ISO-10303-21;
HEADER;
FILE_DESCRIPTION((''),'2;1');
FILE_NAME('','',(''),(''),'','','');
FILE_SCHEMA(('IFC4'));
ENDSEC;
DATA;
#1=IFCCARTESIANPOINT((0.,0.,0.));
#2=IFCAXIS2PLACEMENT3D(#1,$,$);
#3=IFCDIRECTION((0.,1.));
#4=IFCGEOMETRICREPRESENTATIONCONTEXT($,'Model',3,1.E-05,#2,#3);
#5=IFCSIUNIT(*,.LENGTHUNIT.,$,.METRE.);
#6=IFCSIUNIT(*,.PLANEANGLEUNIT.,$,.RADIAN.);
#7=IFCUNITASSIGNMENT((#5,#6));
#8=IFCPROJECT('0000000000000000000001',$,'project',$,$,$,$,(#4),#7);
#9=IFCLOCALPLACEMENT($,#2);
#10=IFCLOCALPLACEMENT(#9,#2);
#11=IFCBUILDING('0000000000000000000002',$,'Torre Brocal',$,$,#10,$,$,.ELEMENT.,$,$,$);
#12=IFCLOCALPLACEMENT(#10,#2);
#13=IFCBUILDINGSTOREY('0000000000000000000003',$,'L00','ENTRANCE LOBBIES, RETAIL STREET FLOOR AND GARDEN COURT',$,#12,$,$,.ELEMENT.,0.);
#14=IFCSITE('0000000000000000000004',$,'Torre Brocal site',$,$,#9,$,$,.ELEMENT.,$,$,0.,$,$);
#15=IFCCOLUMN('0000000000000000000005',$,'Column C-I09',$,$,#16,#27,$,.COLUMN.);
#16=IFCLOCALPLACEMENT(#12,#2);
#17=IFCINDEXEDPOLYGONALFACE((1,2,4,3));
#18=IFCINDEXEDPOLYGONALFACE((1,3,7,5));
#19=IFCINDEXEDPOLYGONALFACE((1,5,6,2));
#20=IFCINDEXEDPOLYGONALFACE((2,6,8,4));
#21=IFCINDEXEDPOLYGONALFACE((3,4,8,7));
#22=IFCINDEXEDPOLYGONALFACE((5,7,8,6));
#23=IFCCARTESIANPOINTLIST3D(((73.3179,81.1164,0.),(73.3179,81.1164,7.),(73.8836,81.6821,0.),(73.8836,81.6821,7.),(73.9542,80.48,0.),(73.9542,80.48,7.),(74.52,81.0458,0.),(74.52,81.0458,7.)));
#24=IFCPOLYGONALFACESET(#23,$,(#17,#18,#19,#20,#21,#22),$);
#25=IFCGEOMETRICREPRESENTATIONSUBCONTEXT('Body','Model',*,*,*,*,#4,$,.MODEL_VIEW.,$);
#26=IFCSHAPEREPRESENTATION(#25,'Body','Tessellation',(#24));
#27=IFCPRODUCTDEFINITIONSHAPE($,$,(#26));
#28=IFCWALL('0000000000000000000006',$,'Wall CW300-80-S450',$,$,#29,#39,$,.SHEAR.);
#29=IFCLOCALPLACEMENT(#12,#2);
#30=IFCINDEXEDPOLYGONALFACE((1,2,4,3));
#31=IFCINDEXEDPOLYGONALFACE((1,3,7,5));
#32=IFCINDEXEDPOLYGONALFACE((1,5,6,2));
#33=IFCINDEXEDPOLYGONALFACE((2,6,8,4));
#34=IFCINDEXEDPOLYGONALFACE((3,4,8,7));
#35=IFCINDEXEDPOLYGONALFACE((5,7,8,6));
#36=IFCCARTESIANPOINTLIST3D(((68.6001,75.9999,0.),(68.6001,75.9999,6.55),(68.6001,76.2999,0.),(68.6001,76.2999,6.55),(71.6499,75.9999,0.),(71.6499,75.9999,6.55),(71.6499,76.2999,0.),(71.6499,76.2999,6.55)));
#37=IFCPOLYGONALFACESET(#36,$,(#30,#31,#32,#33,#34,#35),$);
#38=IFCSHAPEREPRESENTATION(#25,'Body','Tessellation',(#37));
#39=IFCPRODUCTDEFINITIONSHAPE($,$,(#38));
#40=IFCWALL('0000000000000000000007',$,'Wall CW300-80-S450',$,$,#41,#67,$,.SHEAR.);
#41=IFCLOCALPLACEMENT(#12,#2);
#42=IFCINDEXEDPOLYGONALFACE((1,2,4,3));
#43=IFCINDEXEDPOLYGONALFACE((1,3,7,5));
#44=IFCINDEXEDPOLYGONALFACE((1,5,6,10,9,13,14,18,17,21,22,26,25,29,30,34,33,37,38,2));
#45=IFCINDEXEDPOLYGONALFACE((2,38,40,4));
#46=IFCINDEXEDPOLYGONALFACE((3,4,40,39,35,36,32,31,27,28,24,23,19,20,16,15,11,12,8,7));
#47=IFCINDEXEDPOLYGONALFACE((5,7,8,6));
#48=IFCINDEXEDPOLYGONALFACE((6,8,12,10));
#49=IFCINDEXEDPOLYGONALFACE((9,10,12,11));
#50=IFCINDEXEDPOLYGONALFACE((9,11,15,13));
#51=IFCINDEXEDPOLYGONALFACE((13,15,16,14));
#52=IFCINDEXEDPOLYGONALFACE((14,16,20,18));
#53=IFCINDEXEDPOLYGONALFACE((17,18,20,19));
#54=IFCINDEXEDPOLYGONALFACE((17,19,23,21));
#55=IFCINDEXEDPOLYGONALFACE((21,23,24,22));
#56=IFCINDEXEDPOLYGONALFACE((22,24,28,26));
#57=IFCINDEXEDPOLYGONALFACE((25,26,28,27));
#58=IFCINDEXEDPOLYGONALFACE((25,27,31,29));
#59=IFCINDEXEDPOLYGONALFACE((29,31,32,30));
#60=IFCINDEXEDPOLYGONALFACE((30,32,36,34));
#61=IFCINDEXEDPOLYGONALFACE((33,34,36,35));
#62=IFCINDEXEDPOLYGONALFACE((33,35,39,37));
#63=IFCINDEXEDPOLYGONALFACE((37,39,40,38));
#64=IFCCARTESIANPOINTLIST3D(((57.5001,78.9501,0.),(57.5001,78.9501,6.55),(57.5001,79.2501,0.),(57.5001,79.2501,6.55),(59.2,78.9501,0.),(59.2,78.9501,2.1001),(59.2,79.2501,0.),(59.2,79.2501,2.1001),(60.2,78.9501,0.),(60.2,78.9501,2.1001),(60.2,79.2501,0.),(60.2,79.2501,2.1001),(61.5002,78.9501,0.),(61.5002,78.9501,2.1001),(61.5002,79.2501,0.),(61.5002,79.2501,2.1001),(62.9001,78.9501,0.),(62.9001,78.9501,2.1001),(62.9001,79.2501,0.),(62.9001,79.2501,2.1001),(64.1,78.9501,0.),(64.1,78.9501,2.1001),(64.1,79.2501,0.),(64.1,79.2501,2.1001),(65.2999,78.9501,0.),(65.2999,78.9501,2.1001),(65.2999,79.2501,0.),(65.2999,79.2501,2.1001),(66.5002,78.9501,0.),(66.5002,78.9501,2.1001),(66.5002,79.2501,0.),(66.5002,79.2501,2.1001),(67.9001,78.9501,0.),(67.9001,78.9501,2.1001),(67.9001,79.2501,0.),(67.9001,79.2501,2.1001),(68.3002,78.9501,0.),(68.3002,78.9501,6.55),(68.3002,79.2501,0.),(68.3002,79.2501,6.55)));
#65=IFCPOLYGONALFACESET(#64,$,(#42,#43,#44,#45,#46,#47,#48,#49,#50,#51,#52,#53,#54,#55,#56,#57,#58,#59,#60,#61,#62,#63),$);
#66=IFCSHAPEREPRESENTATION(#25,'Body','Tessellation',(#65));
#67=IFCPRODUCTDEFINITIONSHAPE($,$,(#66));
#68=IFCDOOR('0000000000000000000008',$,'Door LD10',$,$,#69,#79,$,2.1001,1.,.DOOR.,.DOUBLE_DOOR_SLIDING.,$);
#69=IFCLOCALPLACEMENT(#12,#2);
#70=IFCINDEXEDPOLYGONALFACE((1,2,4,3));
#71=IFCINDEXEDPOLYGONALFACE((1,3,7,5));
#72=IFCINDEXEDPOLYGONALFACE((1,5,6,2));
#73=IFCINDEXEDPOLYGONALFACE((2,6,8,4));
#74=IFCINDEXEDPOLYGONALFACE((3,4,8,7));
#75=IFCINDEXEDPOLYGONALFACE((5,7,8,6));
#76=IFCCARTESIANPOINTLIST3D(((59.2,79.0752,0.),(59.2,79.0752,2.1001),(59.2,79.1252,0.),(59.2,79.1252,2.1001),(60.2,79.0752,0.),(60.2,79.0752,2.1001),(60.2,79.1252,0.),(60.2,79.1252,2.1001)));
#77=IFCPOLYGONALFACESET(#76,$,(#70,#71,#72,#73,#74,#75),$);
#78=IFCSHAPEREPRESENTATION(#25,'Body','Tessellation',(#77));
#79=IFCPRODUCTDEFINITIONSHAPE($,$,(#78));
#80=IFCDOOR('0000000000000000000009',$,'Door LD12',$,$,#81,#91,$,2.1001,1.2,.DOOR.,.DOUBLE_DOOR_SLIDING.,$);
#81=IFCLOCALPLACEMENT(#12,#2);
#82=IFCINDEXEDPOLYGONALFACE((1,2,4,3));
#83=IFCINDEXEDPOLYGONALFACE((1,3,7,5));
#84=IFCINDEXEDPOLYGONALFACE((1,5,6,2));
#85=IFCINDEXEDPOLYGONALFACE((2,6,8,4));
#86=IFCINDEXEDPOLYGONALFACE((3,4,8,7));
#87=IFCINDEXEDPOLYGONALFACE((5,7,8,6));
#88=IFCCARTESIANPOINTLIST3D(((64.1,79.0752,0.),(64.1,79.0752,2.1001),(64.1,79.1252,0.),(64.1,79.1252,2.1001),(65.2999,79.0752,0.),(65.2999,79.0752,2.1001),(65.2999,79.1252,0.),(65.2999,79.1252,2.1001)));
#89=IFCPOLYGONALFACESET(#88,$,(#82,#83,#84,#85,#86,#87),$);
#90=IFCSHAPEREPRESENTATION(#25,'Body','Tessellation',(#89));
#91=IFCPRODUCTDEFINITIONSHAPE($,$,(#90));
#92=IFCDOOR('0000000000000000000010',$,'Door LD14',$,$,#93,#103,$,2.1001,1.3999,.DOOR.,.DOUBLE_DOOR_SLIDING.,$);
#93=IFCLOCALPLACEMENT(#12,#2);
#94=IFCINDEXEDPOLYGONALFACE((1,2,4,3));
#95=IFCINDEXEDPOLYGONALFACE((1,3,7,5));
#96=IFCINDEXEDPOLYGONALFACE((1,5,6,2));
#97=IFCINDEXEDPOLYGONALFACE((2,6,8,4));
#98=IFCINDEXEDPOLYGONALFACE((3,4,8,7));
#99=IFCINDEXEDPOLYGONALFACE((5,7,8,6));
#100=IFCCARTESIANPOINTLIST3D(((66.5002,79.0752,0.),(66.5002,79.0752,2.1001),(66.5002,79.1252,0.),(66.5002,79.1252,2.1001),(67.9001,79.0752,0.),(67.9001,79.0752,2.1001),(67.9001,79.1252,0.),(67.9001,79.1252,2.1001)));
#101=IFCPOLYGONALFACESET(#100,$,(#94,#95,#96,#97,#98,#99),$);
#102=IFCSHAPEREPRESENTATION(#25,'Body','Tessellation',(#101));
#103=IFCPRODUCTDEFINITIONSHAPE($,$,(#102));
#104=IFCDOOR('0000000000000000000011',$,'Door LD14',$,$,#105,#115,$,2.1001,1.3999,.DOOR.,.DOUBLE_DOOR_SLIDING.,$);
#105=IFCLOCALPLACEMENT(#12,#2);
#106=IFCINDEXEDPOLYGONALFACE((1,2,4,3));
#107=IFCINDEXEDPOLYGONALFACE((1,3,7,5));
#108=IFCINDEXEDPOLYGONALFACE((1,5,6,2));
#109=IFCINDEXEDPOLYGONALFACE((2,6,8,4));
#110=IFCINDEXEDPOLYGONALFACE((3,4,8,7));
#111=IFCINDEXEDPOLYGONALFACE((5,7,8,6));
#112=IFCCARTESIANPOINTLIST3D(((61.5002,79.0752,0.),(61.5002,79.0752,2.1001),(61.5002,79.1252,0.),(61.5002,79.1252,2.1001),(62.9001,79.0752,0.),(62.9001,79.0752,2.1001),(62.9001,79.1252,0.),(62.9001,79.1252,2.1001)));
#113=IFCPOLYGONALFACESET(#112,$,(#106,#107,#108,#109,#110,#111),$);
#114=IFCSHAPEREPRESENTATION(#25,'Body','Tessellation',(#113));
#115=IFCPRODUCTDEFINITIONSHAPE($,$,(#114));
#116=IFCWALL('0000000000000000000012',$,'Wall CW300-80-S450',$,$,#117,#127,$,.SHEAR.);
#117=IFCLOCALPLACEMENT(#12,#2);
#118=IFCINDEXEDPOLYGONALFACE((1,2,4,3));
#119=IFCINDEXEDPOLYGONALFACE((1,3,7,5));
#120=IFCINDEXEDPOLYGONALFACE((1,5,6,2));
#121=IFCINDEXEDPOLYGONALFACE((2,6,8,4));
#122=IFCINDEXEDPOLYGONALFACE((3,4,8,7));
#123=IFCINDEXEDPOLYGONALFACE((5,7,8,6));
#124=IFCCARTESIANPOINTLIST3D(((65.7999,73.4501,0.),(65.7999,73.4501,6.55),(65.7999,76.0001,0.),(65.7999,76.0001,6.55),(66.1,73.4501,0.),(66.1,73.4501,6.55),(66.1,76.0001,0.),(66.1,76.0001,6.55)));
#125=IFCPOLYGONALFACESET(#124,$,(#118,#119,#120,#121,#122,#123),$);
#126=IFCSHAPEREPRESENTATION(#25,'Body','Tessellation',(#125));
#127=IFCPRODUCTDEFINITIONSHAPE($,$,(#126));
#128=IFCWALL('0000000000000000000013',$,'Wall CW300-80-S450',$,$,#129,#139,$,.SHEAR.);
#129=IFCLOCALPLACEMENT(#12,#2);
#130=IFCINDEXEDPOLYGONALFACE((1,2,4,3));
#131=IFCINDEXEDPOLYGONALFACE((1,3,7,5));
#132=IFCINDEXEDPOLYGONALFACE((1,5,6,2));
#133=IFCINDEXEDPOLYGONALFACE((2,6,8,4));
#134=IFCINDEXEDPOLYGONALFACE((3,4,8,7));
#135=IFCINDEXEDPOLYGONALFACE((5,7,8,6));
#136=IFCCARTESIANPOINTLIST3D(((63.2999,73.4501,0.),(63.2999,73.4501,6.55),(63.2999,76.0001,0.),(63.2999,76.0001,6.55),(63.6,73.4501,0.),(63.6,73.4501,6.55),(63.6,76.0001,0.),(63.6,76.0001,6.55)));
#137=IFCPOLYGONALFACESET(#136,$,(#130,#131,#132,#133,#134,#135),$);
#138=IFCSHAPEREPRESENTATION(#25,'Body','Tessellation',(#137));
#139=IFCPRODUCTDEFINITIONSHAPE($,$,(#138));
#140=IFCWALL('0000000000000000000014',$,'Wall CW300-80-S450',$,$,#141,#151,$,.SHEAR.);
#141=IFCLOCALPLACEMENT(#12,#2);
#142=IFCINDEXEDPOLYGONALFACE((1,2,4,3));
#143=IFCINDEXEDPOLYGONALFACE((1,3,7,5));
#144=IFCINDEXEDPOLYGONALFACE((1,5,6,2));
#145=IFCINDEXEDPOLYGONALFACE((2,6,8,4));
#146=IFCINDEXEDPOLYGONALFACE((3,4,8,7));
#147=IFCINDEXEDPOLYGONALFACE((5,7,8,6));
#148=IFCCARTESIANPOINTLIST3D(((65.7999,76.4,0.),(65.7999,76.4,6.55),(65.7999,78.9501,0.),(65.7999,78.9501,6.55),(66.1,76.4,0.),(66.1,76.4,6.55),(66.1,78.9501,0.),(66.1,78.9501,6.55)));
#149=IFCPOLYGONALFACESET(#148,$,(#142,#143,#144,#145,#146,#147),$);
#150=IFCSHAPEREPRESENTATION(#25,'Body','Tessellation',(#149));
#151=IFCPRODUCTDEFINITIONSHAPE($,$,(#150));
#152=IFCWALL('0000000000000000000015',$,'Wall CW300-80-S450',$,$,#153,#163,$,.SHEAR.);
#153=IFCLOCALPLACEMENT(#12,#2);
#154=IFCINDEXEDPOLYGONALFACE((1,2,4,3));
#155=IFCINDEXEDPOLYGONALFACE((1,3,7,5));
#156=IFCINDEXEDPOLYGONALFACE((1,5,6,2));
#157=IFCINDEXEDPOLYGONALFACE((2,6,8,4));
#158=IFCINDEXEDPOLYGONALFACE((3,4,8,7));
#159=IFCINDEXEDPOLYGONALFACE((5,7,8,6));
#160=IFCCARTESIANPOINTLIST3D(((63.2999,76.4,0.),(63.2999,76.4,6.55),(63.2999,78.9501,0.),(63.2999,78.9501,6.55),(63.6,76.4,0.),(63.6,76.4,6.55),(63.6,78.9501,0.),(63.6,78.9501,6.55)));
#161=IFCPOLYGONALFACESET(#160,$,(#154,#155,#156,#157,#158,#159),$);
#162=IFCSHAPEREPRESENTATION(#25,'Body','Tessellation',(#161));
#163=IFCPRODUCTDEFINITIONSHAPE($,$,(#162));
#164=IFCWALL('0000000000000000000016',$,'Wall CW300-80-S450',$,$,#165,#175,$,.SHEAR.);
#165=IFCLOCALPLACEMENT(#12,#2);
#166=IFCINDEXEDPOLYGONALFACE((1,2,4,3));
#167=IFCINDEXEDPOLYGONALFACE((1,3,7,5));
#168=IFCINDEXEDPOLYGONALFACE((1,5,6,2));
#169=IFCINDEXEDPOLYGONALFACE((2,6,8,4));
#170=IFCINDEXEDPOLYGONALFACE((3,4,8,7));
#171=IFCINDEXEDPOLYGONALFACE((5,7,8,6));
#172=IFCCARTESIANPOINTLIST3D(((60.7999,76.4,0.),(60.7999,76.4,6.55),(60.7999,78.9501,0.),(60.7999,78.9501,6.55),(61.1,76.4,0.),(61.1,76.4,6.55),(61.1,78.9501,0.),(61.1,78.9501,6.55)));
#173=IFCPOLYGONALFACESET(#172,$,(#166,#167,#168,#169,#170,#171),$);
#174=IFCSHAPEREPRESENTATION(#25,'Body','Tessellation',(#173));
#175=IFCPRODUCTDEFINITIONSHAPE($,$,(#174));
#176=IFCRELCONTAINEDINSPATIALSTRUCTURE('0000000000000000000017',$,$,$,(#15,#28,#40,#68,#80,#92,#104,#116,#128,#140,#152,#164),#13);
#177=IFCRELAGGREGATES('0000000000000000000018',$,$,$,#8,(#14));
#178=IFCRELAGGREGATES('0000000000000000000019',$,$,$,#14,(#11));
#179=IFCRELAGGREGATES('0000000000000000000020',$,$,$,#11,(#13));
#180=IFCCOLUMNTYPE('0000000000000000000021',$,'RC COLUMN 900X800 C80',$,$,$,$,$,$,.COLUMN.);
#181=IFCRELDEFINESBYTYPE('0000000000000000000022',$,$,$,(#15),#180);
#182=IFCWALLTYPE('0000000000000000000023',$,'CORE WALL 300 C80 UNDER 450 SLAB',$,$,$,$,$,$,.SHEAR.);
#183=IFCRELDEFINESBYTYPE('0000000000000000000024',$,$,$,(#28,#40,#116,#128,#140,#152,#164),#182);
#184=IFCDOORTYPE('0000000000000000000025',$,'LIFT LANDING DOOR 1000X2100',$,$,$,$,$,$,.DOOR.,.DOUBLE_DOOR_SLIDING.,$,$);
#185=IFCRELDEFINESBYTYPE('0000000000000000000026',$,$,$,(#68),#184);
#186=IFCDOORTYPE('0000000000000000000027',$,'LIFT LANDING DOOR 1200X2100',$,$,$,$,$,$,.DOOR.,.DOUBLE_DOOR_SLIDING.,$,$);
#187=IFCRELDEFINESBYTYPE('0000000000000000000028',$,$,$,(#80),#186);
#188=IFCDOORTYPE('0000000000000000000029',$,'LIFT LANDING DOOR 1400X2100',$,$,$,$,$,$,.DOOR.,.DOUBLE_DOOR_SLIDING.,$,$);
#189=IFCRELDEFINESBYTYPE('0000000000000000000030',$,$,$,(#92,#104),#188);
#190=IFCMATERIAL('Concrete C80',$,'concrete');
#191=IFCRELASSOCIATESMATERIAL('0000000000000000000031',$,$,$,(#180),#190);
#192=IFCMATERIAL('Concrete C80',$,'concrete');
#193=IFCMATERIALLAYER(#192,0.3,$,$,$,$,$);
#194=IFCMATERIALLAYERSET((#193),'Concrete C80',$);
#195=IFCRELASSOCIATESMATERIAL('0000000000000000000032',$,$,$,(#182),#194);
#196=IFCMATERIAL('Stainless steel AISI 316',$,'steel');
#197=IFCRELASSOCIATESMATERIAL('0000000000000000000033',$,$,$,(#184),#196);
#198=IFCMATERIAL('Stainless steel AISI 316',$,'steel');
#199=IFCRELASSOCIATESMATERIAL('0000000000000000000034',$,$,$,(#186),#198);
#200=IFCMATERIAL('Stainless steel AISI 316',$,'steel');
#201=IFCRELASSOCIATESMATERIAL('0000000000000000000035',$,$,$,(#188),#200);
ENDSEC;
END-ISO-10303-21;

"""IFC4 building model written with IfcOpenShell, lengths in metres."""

from ifc_helpers import new_model, si_unit, direction, frame, frame_2d, origin, origin_2d, place, context, subcontext, project, spatial, rectangle, extrude, material, layer, layer_set, material_profile, profile_set, type_object, element, fill, save


model = new_model("IFC4")

# Units and contexts
model_context = context("Model", 3, precision=1e-05, world=origin(), true_north=direction((0.0, 1.0)))
body_context = subcontext(model_context, "Body", "Model", "MODEL_VIEW")
ifc_project = project(units=[si_unit("LENGTHUNIT", "METRE"), si_unit("PLANEANGLEUNIT", "RADIAN")], contexts=[model_context])

# Site, building, storey
site_placement = place(None, origin())
site = spatial("IfcSite", under=ifc_project, at=site_placement, Name="Torre Brocal site", CompositionType="ELEMENT", RefElevation=0.0)
building_placement = place(site_placement, origin())
building = spatial("IfcBuilding", under=site, at=building_placement, Name="Torre Brocal", CompositionType="ELEMENT")
storey_placement = place(building_placement, origin())
storey = spatial("IfcBuildingStorey", under=building, at=storey_placement, Name="L00", Description="ENTRANCE LOBBIES, RETAIL STREET FLOOR AND GARDEN COURT", CompositionType="ELEMENT", Elevation=0.0)

# Column
ifc_material_1 = material(Name="Concrete C80", Category="concrete")
ifc_material_profile = material_profile(ifc_material_1, rectangle(XDim=0.8999, YDim=0.8, at=origin_2d()), Name="RC 900X800")
ifc_profile_set = profile_set([ifc_material_profile], Name="Concrete C80")
column_type = type_object("IfcColumnType", Name="RC COLUMN 900X800 C80", PredefinedType="COLUMN", material=ifc_profile_set)
column_placement = place(storey_placement, frame((73.9189, 81.0811, 0.0), z_axis=(0.0, 0.0, 1.0), x_axis=(-0.707107, 0.707107, 0.0)))
element("IfcColumn", 1, at=column_placement, inside=storey, type_object=column_type, Name="Column C-I09", PredefinedType="COLUMN", context=body_context, shape_type="SweptSolid", body=[
    extrude(rectangle(XDim=0.8999, YDim=0.8, at=origin_2d()), origin(), (0.0, 0.0, 1.0), 7.0),
])

# Wall
ifc_material_2 = material(Name="Concrete C80", Category="concrete")
ifc_layer_1 = layer(ifc_material_2, 0.3)
ifc_layer_set_1 = layer_set([ifc_layer_1], Name="Concrete C80")
wall_type_1 = type_object("IfcWallType", Name="CORE WALL 300 C80 UNDER 450 SLAB", PredefinedType="SHEAR", material=ifc_layer_set_1)
wall_1_placement = place(storey_placement, frame((71.6499, 76.1499, 0.0), z_axis=(0.0, 0.0, 1.0), x_axis=(-1.0, 0.0, 0.0)))
element("IfcWall", 2, at=wall_1_placement, inside=storey, type_object=wall_type_1, Name="Wall CW300-80-S450", PredefinedType="SHEAR", context=body_context, shape_type="SweptSolid", body=[
    extrude(rectangle(XDim=3.0498, YDim=0.3, at=frame_2d((1.5249, 0.0))), origin(), (0.0, 0.0, 1.0), 6.55),
])

# Wall, openings, doors
wall_2_placement = place(storey_placement, frame((68.3, 79.1001, 0.0), z_axis=(0.0, 0.0, 1.0), x_axis=(-1.0, 0.0, 0.0)))
wall_2 = element("IfcWall", 3, at=wall_2_placement, inside=storey, type_object=wall_type_1, Name="Wall CW300-80-S450", PredefinedType="SHEAR", context=body_context, shape_type="SweptSolid", body=[
    extrude(rectangle(XDim=10.8, YDim=0.3, at=frame_2d((5.3999, 0.0))), origin(), (0.0, 0.0, 1.0), 6.55),
])
opening_1_placement = place(wall_2_placement, frame((0.3999, 0.0, 0.0)))
opening_1 = element("IfcOpeningElement", 4, at=opening_1_placement, cuts=wall_2, PredefinedType="OPENING", context=body_context, shape_type="SweptSolid", body=[
    extrude(rectangle(XDim=1.3999, YDim=2.1001, at=frame_2d((0.7, 1.05))), frame((0.0, 0.1599, 0.0), z_axis=(0.0, -1.0, 0.0), x_axis=(1.0, 0.0, 0.0)), (0.0, 0.0, 1.0), 0.3201),
])
opening_2_placement = place(wall_2_placement, frame((3.0, 0.0, 0.0)))
opening_2 = element("IfcOpeningElement", 5, at=opening_2_placement, cuts=wall_2, PredefinedType="OPENING", context=body_context, shape_type="SweptSolid", body=[
    extrude(rectangle(XDim=1.2, YDim=2.1001, at=frame_2d((0.6001, 1.05))), frame((0.0, 0.1599, 0.0), z_axis=(0.0, -1.0, 0.0), x_axis=(1.0, 0.0, 0.0)), (0.0, 0.0, 1.0), 0.3201),
])
opening_3_placement = place(wall_2_placement, frame((5.3999, 0.0, 0.0)))
opening_3 = element("IfcOpeningElement", 6, at=opening_3_placement, cuts=wall_2, PredefinedType="OPENING", context=body_context, shape_type="SweptSolid", body=[
    extrude(rectangle(XDim=1.3999, YDim=2.1001, at=frame_2d((0.7, 1.05))), frame((0.0, 0.1599, 0.0), z_axis=(0.0, -1.0, 0.0), x_axis=(1.0, 0.0, 0.0)), (0.0, 0.0, 1.0), 0.3201),
])
opening_4_placement = place(wall_2_placement, frame((8.1001, 0.0, 0.0)))
opening_4 = element("IfcOpeningElement", 7, at=opening_4_placement, cuts=wall_2, PredefinedType="OPENING", context=body_context, shape_type="SweptSolid", body=[
    extrude(rectangle(XDim=1.0, YDim=2.1001, at=frame_2d((0.5, 1.05))), frame((0.0, 0.1599, 0.0), z_axis=(0.0, -1.0, 0.0), x_axis=(1.0, 0.0, 0.0)), (0.0, 0.0, 1.0), 0.3201),
])
ifc_material_3 = material(Name="Stainless steel AISI 316", Category="steel")
door_type_1 = type_object("IfcDoorType", Name="LIFT LANDING DOOR 1000X2100", OperationType="DOUBLE_DOOR_SLIDING", PredefinedType="DOOR", material=ifc_material_3)
door_1_placement = place(opening_4_placement, origin())
door_1 = element("IfcDoor", 8, at=door_1_placement, inside=storey, type_object=door_type_1, Name="Door LD10", OperationType="DOUBLE_DOOR_SLIDING", OverallHeight=2.1001, OverallWidth=1.0, PredefinedType="DOOR", context=body_context, shape_type="SweptSolid", body=[
    extrude(rectangle(XDim=1.0, YDim=2.1001, at=frame_2d((0.5, 1.05))), frame((0.0, 0.0249, 0.0), z_axis=(0.0, -1.0, 0.0), x_axis=(1.0, 0.0, 0.0)), (0.0, 0.0, 1.0), 0.05),
])
fill(opening_4, door_1)
ifc_material_4 = material(Name="Stainless steel AISI 316", Category="steel")
door_type_2 = type_object("IfcDoorType", Name="LIFT LANDING DOOR 1200X2100", OperationType="DOUBLE_DOOR_SLIDING", PredefinedType="DOOR", material=ifc_material_4)
door_2_placement = place(opening_2_placement, origin())
door_2 = element("IfcDoor", 9, at=door_2_placement, inside=storey, type_object=door_type_2, Name="Door LD12", OperationType="DOUBLE_DOOR_SLIDING", OverallHeight=2.1001, OverallWidth=1.2, PredefinedType="DOOR", context=body_context, shape_type="SweptSolid", body=[
    extrude(rectangle(XDim=1.2, YDim=2.1001, at=frame_2d((0.6001, 1.05))), frame((0.0, 0.0249, 0.0), z_axis=(0.0, -1.0, 0.0), x_axis=(1.0, 0.0, 0.0)), (0.0, 0.0, 1.0), 0.05),
])
fill(opening_2, door_2)
ifc_material_5 = material(Name="Stainless steel AISI 316", Category="steel")
door_type_3 = type_object("IfcDoorType", Name="LIFT LANDING DOOR 1400X2100", OperationType="DOUBLE_DOOR_SLIDING", PredefinedType="DOOR", material=ifc_material_5)
door_3_placement = place(opening_1_placement, origin())
door_3 = element("IfcDoor", 10, at=door_3_placement, inside=storey, type_object=door_type_3, Name="Door LD14", OperationType="DOUBLE_DOOR_SLIDING", OverallHeight=2.1001, OverallWidth=1.3999, PredefinedType="DOOR", context=body_context, shape_type="SweptSolid", body=[
    extrude(rectangle(XDim=1.3999, YDim=2.1001, at=frame_2d((0.7, 1.05))), frame((0.0, 0.0249, 0.0), z_axis=(0.0, -1.0, 0.0), x_axis=(1.0, 0.0, 0.0)), (0.0, 0.0, 1.0), 0.05),
])
fill(opening_1, door_3)
door_4_placement = place(opening_3_placement, origin())
door_4 = element("IfcDoor", 11, at=door_4_placement, inside=storey, type_object=door_type_3, Name="Door LD14", OperationType="DOUBLE_DOOR_SLIDING", OverallHeight=2.1001, OverallWidth=1.3999, PredefinedType="DOOR", context=body_context, shape_type="SweptSolid", body=[
    extrude(rectangle(XDim=1.3999, YDim=2.1001, at=frame_2d((0.7, 1.05))), frame((0.0, 0.0249, 0.0), z_axis=(0.0, -1.0, 0.0), x_axis=(1.0, 0.0, 0.0)), (0.0, 0.0, 1.0), 0.05),
])
fill(opening_3, door_4)

# Walls
for number, where, z_axis, x_axis, name in (
    (12, (65.95, 76.0, 0.0), (0.0, 0.0, 1.0), (0.0, -1.0, 0.0), "Wall CW300-80-S450"),
    (13, (63.45, 76.0, 0.0), (0.0, 0.0, 1.0), (0.0, -1.0, 0.0), "Wall CW300-80-S450"),
    (14, (65.95, 78.95, 0.0), (0.0, 0.0, 1.0), (0.0, -1.0, 0.0), "Wall CW300-80-S450"),
    (15, (63.45, 78.95, 0.0), (0.0, 0.0, 1.0), (0.0, -1.0, 0.0), "Wall CW300-80-S450"),
    (16, (60.95, 78.95, 0.0), (0.0, 0.0, 1.0), (0.0, -1.0, 0.0), "Wall CW300-80-S450"),
):
    element("IfcWall", number, at=place(storey_placement, frame(where, z_axis=z_axis, x_axis=x_axis)), inside=storey, type_object=wall_type_1, Name=name, PredefinedType="SHEAR", context=body_context, shape_type="SweptSolid", body=[
        extrude(rectangle(XDim=2.55, YDim=0.3, at=frame_2d((1.2749, 0.0))), origin(), (0.0, 0.0, 1.0), 6.55),
    ])

save(model, "model.ifc")
